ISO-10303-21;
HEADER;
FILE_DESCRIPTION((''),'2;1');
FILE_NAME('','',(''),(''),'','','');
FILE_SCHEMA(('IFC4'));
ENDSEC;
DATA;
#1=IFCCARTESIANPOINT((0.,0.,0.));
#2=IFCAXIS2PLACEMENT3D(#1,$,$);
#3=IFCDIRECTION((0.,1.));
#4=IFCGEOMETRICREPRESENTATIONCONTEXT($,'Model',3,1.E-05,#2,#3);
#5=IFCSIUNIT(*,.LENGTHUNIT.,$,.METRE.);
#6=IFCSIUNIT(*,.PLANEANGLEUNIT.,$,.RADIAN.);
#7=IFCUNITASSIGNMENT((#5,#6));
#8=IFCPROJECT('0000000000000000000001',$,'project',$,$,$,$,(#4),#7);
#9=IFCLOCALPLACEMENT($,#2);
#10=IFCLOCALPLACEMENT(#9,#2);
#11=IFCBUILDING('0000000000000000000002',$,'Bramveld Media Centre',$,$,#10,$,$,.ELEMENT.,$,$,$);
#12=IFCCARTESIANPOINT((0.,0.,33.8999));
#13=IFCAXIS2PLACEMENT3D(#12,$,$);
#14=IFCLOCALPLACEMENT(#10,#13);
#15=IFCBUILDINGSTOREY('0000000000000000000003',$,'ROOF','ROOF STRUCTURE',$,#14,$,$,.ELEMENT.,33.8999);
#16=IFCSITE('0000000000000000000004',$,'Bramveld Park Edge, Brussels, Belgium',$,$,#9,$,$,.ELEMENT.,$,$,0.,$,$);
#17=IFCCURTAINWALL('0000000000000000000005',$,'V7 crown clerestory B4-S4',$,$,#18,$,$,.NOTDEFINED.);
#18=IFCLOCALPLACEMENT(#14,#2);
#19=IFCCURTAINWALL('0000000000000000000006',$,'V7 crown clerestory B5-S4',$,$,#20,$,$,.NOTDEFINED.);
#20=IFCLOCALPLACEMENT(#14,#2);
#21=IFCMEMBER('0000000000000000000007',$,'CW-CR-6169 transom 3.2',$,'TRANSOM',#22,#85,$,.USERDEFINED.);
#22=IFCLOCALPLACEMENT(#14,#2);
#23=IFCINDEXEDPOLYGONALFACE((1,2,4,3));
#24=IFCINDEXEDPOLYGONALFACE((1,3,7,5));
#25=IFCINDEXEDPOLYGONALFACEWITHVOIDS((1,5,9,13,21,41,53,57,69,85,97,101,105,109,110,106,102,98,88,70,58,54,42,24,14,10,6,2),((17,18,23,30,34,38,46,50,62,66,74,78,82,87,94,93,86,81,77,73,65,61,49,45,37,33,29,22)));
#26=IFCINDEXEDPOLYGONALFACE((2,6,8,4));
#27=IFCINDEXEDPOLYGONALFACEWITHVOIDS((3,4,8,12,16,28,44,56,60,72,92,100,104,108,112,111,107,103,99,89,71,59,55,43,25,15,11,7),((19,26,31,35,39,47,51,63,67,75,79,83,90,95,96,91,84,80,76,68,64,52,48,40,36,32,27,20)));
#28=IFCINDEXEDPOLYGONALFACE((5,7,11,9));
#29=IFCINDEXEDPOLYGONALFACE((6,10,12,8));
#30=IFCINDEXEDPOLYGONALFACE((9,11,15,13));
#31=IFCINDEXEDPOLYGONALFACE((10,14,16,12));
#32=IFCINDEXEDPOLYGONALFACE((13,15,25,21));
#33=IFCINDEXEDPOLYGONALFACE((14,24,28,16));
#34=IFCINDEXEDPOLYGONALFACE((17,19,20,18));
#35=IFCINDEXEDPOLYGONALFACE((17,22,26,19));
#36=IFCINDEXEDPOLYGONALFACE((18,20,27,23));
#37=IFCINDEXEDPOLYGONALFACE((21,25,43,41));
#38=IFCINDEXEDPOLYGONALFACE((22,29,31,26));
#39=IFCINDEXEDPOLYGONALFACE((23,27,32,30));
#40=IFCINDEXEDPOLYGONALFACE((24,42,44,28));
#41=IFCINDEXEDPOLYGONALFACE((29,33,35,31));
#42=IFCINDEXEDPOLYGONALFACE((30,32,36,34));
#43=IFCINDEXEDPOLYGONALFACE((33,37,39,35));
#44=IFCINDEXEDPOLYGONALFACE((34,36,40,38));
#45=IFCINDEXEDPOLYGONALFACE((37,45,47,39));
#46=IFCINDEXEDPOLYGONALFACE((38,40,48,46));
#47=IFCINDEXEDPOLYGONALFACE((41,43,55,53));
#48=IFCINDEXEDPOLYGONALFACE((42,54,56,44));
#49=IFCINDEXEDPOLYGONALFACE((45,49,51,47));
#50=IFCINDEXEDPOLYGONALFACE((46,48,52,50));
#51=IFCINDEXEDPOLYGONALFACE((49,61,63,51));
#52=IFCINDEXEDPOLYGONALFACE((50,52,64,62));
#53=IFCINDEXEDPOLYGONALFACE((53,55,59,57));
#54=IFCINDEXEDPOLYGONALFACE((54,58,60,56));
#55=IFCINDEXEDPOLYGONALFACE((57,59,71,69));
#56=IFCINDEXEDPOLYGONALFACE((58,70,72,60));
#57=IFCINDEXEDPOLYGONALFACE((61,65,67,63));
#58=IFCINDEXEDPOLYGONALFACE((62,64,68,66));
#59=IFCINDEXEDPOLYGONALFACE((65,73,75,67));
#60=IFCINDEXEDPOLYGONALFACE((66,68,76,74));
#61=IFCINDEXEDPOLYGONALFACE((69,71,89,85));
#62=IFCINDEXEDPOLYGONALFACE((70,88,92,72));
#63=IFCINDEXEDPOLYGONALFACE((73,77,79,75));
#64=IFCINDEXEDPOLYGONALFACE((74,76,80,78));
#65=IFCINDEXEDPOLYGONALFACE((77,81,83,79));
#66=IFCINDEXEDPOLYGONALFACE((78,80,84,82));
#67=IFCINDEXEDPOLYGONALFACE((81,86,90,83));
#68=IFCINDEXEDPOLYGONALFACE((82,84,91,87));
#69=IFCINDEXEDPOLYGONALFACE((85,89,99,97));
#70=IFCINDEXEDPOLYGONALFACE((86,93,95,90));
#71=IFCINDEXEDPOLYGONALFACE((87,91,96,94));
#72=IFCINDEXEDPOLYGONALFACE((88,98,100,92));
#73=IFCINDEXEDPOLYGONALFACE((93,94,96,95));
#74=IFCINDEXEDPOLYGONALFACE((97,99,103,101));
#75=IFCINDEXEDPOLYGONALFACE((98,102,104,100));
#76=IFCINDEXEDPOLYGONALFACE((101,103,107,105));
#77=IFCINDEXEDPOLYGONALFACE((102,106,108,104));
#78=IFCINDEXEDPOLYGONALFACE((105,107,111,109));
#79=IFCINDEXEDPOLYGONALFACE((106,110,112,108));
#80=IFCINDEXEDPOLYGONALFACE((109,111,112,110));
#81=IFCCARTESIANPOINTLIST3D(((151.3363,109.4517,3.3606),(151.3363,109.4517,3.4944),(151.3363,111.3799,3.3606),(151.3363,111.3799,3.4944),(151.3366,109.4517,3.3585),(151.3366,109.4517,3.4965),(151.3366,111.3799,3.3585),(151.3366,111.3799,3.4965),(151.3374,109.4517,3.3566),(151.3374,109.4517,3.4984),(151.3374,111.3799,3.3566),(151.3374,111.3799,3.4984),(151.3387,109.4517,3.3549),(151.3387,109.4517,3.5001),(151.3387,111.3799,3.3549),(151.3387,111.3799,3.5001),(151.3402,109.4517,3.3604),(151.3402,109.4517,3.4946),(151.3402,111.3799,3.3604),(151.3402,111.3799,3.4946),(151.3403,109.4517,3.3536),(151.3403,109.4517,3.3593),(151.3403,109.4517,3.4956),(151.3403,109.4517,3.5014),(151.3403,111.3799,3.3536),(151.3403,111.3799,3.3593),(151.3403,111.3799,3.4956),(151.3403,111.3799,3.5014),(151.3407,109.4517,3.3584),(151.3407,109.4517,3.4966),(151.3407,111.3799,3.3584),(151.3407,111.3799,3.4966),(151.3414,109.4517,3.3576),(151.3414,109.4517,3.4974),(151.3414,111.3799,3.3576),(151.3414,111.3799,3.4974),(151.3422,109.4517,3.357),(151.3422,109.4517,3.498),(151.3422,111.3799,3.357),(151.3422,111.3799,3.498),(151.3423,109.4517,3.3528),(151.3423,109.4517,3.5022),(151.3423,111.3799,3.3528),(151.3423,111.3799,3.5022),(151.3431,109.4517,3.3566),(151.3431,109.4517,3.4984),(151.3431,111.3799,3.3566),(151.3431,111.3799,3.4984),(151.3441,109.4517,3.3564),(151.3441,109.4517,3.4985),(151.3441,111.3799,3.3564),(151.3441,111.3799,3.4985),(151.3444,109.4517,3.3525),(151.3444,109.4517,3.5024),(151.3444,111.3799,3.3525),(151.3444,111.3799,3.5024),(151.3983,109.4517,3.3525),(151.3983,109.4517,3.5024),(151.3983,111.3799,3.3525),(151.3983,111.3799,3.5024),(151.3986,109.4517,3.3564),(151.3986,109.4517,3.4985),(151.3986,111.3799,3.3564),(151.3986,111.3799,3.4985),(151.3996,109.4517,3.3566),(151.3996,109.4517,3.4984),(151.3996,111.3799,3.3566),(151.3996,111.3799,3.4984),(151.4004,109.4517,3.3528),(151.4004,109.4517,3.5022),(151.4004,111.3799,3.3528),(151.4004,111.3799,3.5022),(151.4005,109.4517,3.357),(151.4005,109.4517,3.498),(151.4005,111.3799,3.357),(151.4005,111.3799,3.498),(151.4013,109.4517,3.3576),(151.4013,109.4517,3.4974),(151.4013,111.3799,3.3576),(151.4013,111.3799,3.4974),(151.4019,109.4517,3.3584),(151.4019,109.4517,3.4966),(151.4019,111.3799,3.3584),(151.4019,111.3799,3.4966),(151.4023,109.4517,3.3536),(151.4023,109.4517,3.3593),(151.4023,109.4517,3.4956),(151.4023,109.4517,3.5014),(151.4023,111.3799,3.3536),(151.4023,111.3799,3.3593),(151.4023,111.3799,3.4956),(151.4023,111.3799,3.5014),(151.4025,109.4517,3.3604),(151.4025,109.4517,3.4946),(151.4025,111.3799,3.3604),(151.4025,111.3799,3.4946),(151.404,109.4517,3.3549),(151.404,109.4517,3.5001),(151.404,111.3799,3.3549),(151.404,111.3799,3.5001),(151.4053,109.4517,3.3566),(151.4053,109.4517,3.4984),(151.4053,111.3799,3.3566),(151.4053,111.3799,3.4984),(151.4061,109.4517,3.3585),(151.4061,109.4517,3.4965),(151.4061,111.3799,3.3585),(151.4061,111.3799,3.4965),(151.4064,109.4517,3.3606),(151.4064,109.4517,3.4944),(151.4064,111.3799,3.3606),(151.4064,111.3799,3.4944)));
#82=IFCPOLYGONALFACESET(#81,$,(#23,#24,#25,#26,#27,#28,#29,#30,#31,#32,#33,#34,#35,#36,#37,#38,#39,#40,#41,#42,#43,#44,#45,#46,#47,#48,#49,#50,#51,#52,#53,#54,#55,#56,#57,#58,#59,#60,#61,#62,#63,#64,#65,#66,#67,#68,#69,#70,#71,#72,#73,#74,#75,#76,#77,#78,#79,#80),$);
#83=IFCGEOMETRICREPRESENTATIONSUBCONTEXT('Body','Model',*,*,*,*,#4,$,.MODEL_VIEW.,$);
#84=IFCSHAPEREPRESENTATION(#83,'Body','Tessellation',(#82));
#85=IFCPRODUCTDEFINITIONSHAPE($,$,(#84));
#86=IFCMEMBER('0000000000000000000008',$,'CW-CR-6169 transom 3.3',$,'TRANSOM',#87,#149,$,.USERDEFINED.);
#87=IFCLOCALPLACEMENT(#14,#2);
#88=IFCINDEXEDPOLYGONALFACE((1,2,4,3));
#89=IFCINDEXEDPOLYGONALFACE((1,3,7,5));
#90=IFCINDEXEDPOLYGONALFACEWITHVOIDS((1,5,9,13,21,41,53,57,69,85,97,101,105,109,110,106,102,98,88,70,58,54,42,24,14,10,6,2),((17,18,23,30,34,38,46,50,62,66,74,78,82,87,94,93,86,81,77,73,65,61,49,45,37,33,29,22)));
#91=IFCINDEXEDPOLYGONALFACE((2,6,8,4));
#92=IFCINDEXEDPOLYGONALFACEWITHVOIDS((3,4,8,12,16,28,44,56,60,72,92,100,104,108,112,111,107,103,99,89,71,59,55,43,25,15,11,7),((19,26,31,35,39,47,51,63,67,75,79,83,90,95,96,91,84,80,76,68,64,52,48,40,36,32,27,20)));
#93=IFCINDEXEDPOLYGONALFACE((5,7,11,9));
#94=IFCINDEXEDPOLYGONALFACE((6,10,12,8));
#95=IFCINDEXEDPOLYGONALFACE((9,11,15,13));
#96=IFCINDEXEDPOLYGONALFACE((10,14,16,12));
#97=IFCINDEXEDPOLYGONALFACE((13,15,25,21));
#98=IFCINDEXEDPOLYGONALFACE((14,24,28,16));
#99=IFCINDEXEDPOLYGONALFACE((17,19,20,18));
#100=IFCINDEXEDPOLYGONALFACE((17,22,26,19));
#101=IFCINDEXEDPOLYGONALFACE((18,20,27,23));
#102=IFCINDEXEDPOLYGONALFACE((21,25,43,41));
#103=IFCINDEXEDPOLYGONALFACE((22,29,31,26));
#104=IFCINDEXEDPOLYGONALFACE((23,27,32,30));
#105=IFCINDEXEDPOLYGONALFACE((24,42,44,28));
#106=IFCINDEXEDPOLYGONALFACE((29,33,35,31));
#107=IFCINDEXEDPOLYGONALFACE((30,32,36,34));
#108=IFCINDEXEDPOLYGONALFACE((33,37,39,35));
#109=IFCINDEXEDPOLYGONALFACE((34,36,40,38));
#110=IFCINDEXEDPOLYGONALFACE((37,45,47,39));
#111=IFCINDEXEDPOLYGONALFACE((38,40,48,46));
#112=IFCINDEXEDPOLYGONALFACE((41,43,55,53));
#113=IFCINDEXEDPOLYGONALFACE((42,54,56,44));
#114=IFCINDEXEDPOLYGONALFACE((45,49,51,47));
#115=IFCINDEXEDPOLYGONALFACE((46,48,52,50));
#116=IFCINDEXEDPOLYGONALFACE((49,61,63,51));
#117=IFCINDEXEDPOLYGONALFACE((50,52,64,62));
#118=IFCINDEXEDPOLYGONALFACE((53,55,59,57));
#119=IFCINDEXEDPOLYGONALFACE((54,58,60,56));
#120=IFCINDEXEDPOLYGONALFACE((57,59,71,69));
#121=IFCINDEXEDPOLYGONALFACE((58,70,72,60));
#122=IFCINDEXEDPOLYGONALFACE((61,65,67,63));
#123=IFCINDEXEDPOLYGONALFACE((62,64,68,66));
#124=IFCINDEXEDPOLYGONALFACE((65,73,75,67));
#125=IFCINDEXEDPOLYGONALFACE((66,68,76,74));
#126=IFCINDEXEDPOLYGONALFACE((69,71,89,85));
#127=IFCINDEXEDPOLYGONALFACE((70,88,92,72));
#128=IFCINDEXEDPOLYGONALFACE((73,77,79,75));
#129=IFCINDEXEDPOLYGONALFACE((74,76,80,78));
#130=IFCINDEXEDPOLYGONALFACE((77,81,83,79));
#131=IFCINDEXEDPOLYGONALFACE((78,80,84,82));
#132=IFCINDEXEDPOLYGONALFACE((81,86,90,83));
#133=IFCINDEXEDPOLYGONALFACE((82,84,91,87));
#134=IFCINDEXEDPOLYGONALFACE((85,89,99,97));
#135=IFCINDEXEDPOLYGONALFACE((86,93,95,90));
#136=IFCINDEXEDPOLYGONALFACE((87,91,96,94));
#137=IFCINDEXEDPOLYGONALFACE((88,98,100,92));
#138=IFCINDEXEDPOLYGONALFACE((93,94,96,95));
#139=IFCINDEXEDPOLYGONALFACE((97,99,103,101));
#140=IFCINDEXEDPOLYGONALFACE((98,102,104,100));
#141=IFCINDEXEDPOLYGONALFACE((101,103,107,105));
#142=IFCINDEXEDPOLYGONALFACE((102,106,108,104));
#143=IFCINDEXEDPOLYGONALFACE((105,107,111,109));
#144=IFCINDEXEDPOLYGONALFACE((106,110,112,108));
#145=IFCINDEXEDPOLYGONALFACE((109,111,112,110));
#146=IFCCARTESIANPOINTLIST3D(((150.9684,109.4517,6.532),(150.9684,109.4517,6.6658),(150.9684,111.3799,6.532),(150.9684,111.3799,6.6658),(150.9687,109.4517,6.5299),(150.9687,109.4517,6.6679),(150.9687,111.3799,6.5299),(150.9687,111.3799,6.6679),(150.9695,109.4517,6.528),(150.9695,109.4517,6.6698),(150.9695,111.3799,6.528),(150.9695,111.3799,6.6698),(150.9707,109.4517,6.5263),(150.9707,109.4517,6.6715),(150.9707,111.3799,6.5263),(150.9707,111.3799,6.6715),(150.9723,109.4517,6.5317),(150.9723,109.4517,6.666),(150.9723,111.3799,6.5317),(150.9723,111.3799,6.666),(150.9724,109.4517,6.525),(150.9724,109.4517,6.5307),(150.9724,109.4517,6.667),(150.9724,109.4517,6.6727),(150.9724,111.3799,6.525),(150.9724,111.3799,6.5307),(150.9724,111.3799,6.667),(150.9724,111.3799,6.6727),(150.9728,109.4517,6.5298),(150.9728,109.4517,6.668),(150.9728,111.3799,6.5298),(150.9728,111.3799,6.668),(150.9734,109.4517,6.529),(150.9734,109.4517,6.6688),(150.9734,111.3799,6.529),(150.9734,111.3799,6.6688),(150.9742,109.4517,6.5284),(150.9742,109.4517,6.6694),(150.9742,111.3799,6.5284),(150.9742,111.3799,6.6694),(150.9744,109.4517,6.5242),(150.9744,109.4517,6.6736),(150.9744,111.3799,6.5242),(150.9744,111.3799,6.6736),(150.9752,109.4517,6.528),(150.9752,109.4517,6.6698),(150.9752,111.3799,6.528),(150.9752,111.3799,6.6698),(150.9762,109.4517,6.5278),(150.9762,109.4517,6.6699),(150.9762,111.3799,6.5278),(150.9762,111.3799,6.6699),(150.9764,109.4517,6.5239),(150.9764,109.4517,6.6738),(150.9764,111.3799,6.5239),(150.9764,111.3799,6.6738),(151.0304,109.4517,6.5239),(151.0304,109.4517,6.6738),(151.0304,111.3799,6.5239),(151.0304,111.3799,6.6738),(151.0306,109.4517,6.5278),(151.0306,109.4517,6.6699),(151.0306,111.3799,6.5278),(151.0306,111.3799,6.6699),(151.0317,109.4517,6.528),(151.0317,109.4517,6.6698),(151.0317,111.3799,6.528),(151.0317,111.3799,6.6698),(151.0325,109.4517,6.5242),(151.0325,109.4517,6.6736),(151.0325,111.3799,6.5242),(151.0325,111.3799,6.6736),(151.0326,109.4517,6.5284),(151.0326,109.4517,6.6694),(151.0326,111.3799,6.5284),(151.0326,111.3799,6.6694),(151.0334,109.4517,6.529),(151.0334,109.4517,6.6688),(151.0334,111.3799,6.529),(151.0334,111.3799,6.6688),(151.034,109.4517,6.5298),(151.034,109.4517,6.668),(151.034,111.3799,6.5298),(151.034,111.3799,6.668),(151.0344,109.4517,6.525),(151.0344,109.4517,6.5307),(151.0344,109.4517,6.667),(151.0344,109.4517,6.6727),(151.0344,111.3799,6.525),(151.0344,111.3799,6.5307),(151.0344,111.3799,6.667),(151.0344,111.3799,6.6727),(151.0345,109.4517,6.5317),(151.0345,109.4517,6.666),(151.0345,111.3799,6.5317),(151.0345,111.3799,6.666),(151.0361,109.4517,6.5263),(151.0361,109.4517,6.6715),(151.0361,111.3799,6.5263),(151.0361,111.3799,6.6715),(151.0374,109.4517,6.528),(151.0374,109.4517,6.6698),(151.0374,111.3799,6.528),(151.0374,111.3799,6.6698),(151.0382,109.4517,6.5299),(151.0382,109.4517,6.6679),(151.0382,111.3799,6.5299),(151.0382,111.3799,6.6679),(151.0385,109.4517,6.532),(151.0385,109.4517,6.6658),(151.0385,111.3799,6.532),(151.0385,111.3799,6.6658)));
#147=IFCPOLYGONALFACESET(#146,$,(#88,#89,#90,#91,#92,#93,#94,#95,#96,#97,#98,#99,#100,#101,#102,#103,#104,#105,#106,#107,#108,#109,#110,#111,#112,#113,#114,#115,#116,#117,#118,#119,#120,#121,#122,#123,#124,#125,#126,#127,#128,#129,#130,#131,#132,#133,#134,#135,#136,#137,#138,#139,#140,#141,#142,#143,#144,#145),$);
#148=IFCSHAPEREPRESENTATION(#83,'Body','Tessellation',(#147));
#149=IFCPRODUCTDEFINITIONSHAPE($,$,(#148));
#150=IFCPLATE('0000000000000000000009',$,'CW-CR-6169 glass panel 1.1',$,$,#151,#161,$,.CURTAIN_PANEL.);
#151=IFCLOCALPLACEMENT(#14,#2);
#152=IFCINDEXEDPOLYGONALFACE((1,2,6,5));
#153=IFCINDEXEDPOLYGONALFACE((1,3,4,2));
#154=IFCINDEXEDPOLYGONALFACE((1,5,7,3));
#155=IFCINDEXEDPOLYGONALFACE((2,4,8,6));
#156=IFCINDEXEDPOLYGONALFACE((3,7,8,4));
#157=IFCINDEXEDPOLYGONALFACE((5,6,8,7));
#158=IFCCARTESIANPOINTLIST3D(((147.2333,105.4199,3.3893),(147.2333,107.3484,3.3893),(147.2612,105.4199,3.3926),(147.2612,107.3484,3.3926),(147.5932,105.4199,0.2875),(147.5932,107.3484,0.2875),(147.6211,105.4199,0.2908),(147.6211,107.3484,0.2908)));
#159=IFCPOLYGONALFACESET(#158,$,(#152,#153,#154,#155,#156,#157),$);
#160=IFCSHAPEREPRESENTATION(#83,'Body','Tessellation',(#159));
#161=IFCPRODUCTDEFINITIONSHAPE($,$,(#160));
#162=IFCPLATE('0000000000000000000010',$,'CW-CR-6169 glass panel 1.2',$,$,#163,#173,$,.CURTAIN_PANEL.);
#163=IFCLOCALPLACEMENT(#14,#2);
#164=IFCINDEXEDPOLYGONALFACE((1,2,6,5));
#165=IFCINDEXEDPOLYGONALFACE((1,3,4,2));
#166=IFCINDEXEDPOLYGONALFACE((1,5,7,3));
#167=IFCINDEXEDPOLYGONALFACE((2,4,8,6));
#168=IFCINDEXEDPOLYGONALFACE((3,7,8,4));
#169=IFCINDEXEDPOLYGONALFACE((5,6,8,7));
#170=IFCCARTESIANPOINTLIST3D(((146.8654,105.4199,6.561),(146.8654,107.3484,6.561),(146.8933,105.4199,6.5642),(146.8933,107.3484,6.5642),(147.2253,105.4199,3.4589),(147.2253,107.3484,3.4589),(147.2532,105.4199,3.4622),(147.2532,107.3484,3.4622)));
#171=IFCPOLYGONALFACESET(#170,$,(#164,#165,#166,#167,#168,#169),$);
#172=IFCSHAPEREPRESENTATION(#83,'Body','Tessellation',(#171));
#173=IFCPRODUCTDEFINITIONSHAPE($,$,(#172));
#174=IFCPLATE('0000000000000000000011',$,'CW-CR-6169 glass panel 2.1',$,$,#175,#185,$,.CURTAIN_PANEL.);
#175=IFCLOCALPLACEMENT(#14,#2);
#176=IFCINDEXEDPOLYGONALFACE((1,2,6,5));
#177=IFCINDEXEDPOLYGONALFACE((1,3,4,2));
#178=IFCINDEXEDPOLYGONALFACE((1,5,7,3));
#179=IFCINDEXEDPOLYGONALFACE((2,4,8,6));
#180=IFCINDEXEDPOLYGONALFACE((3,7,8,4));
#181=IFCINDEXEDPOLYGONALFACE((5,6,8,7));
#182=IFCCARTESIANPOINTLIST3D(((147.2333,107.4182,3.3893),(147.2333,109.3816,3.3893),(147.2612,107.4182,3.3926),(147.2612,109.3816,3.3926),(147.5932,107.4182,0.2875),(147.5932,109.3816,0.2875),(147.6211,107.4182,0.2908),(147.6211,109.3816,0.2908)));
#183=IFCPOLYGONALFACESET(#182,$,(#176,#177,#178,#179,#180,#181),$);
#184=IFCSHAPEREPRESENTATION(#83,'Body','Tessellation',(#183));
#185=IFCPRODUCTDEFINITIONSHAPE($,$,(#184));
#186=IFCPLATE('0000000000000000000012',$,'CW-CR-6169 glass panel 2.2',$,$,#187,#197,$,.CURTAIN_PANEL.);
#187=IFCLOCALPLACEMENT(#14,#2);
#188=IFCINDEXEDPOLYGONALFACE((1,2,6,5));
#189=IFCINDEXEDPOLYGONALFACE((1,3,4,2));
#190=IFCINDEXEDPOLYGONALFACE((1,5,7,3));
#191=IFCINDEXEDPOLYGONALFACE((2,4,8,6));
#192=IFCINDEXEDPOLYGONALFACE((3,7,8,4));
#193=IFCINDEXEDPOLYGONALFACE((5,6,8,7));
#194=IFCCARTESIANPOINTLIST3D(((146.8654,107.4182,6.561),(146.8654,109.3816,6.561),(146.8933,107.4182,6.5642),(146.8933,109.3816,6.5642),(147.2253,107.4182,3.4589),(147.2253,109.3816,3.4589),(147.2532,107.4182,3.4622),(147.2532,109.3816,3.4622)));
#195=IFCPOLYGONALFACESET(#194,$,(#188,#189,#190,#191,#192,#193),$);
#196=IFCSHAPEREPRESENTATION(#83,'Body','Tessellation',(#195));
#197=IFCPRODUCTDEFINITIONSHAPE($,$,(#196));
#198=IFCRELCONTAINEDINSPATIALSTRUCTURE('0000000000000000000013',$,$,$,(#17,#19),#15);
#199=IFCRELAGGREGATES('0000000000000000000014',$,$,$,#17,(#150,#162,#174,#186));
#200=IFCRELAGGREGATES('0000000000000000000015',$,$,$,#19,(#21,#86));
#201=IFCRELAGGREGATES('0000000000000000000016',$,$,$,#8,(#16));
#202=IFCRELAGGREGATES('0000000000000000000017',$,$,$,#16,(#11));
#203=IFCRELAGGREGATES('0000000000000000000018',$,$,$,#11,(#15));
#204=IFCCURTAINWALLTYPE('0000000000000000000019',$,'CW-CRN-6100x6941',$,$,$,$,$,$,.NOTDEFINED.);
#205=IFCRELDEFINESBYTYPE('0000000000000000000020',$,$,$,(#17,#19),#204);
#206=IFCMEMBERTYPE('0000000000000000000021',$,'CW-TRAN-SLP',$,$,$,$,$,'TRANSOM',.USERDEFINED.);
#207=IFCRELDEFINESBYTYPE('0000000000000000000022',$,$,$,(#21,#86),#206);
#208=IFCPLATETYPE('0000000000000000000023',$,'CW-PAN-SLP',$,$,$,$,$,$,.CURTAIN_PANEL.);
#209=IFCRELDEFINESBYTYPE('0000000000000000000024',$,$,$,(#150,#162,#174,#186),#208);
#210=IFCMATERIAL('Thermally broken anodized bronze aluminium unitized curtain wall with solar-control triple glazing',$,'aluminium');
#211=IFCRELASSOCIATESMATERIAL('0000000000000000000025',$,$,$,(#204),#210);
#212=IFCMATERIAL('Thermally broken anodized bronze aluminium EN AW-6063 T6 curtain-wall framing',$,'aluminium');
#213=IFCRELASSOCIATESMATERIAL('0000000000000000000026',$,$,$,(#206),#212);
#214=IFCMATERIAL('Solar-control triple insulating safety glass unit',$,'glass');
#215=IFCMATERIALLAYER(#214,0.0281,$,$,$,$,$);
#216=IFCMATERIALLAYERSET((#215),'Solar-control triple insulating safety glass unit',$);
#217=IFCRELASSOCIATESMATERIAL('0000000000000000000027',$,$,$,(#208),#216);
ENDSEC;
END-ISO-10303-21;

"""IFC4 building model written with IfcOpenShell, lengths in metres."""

from ifc_helpers import new_model, si_unit, direction, frame, origin, origin_2d, place, context, subcontext, project, spatial, polyline, hollow_rectangle, outline, extrude, material, layer, layer_set, material_profile, profile_set, type_object, element, aggregate, save


model = new_model("IFC4")

# Units and contexts
model_context = context("Model", 3, precision=1e-05, world=origin(), true_north=direction((0.0, 1.0)))
body_context = subcontext(model_context, "Body", "Model", "MODEL_VIEW")
ifc_project = project(units=[si_unit("LENGTHUNIT", "METRE"), si_unit("PLANEANGLEUNIT", "RADIAN")], contexts=[model_context])

# Site, building, storey
site_placement = place(None, origin())
site = spatial("IfcSite", under=ifc_project, at=site_placement, Name="Bramveld Park Edge, Brussels, Belgium", CompositionType="ELEMENT", RefElevation=0.0)
building_placement = place(site_placement, origin())
building = spatial("IfcBuilding", under=site, at=building_placement, Name="Bramveld Media Centre", CompositionType="ELEMENT")
storey_placement = place(building_placement, frame((0.0, 0.0, 33.8999)))
storey = spatial("IfcBuildingStorey", under=building, at=storey_placement, Name="ROOF", Description="ROOF STRUCTURE", CompositionType="ELEMENT", Elevation=33.8999)

# Curtain walls, members
ifc_material_1 = material(Name="Thermally broken anodized bronze aluminium unitized curtain wall with solar-control triple glazing", Category="aluminium")
curtain_wall_type = type_object("IfcCurtainWallType", Name="CW-CRN-6100x6941", PredefinedType="NOTDEFINED", material=ifc_material_1)
curtain_wall_1_placement = place(storey_placement, origin())
curtain_wall_1 = element("IfcCurtainWall", 1, at=curtain_wall_1_placement, inside=storey, type_object=curtain_wall_type, Name="V7 crown clerestory B4-S4", PredefinedType="NOTDEFINED")
ifc_material_2 = material(Name="Thermally broken anodized bronze aluminium EN AW-6063 T6 curtain-wall framing", Category="aluminium")
ifc_material_profile = material_profile(ifc_material_2, hollow_rectangle(XDim=0.0701, YDim=0.1499, WallThickness=0.0039, InnerFilletRadius=0.0039, OuterFilletRadius=0.0081, at=origin_2d()), Name="AL-TRAN 70x150")
ifc_profile_set = profile_set([ifc_material_profile], Name="Thermally broken anodized bronze aluminium EN AW-6063 T6 curtain-wall framing")
member_type = type_object("IfcMemberType", Name="CW-TRAN-SLP", ElementType="TRANSOM", PredefinedType="USERDEFINED", material=ifc_profile_set)
curtain_wall_2_placement = place(storey_placement, origin())
curtain_wall_2 = element("IfcCurtainWall", 2, at=curtain_wall_2_placement, inside=storey, type_object=curtain_wall_type, Name="V7 crown clerestory B5-S4", PredefinedType="NOTDEFINED")
member_1_placement = place(storey_placement, frame((151.3713, 109.4517, 3.4275), z_axis=(0.0, 1.0, 0.0), x_axis=(-1.0, 0.0, 0.0)))
member_1 = element("IfcMember", 3, at=member_1_placement, type_object=member_type, Name="CW-CR-6169 transom 3.2", ObjectType="TRANSOM", PredefinedType="USERDEFINED", context=body_context, shape_type="SweptSolid", body=[
    extrude(hollow_rectangle(XDim=0.0701, YDim=0.1499, WallThickness=0.0039, InnerFilletRadius=0.0039, OuterFilletRadius=0.0081, at=origin_2d()), origin(), (0.0, 0.0, 1.0), 1.9282),
])
member_2_placement = place(storey_placement, frame((151.0034, 109.4517, 6.5989), z_axis=(0.0, 1.0, 0.0), x_axis=(-1.0, 0.0, 0.0)))
member_2 = element("IfcMember", 4, at=member_2_placement, type_object=member_type, Name="CW-CR-6169 transom 3.3", ObjectType="TRANSOM", PredefinedType="USERDEFINED", context=body_context, shape_type="SweptSolid", body=[
    extrude(hollow_rectangle(XDim=0.0701, YDim=0.1499, WallThickness=0.0039, InnerFilletRadius=0.0039, OuterFilletRadius=0.0081, at=origin_2d()), origin(), (0.0, 0.0, 1.0), 1.9282),
])

# Plates
ifc_material_3 = material(Name="Solar-control triple insulating safety glass unit", Category="glass")
ifc_layer_1 = layer(ifc_material_3, 0.0281)
ifc_layer_set_1 = layer_set([ifc_layer_1], Name="Solar-control triple insulating safety glass unit")
plate_type_1 = type_object("IfcPlateType", Name="CW-PAN-SLP", PredefinedType="CURTAIN_PANEL", material=ifc_layer_set_1)
plate_1_placement = place(storey_placement, frame((147.6211, 105.4199, 0.2908), z_axis=(0.993337, 0.0, 0.115244), x_axis=(0.0, 1.0, 0.0)))
plate_1 = element("IfcPlate", 5, at=plate_1_placement, type_object=plate_type_1, Name="CW-CR-6169 glass panel 1.1", PredefinedType="CURTAIN_PANEL", context=body_context, shape_type="SweptSolid", body=[
    extrude(outline(polyline([(0.0, 0.0), (1.9285, 0.0), (1.9285, 3.1226), (0.0, 3.1226), (0.0, 0.0)])), origin(), (0.0, 0.0, -1.0), 0.0281),
])
plate_2_placement = place(storey_placement, frame((147.2532, 105.4199, 3.4622), z_axis=(0.993338, 0.0, 0.115235), x_axis=(0.0, 1.0, 0.0)))
plate_2 = element("IfcPlate", 6, at=plate_2_placement, type_object=plate_type_1, Name="CW-CR-6169 glass panel 1.2", PredefinedType="CURTAIN_PANEL", context=body_context, shape_type="SweptSolid", body=[
    extrude(outline(polyline([(0.0, 0.0), (1.9285, 0.0), (1.9285, 3.1229), (0.0, 3.1229), (0.0, 0.0)])), origin(), (0.0, 0.0, -1.0), 0.0281),
])
plate_3_placement = place(storey_placement, frame((147.6211, 107.4182, 0.2908), z_axis=(0.993337, 0.0, 0.115244), x_axis=(0.0, 1.0, 0.0)))
plate_3 = element("IfcPlate", 7, at=plate_3_placement, type_object=plate_type_1, Name="CW-CR-6169 glass panel 2.1", PredefinedType="CURTAIN_PANEL", context=body_context, shape_type="SweptSolid", body=[
    extrude(outline(polyline([(0.0, 0.0), (1.9634, 0.0), (1.9634, 3.1226), (0.0, 3.1226), (0.0, 0.0)])), origin(), (0.0, 0.0, -1.0), 0.0281),
])
plate_4_placement = place(storey_placement, frame((147.2532, 107.4182, 3.4622), z_axis=(0.993338, 0.0, 0.115235), x_axis=(0.0, 1.0, 0.0)))
plate_4 = element("IfcPlate", 8, at=plate_4_placement, type_object=plate_type_1, Name="CW-CR-6169 glass panel 2.2", PredefinedType="CURTAIN_PANEL", context=body_context, shape_type="SweptSolid", body=[
    extrude(outline(polyline([(0.0, 0.0), (1.9634, 0.0), (1.9634, 3.1229), (0.0, 3.1229), (0.0, 0.0)])), origin(), (0.0, 0.0, -1.0), 0.0281),
])
aggregate(curtain_wall_1, [plate_1, plate_2, plate_3, plate_4])
aggregate(curtain_wall_2, [member_1, member_2])

save(model, "model.ifc")
